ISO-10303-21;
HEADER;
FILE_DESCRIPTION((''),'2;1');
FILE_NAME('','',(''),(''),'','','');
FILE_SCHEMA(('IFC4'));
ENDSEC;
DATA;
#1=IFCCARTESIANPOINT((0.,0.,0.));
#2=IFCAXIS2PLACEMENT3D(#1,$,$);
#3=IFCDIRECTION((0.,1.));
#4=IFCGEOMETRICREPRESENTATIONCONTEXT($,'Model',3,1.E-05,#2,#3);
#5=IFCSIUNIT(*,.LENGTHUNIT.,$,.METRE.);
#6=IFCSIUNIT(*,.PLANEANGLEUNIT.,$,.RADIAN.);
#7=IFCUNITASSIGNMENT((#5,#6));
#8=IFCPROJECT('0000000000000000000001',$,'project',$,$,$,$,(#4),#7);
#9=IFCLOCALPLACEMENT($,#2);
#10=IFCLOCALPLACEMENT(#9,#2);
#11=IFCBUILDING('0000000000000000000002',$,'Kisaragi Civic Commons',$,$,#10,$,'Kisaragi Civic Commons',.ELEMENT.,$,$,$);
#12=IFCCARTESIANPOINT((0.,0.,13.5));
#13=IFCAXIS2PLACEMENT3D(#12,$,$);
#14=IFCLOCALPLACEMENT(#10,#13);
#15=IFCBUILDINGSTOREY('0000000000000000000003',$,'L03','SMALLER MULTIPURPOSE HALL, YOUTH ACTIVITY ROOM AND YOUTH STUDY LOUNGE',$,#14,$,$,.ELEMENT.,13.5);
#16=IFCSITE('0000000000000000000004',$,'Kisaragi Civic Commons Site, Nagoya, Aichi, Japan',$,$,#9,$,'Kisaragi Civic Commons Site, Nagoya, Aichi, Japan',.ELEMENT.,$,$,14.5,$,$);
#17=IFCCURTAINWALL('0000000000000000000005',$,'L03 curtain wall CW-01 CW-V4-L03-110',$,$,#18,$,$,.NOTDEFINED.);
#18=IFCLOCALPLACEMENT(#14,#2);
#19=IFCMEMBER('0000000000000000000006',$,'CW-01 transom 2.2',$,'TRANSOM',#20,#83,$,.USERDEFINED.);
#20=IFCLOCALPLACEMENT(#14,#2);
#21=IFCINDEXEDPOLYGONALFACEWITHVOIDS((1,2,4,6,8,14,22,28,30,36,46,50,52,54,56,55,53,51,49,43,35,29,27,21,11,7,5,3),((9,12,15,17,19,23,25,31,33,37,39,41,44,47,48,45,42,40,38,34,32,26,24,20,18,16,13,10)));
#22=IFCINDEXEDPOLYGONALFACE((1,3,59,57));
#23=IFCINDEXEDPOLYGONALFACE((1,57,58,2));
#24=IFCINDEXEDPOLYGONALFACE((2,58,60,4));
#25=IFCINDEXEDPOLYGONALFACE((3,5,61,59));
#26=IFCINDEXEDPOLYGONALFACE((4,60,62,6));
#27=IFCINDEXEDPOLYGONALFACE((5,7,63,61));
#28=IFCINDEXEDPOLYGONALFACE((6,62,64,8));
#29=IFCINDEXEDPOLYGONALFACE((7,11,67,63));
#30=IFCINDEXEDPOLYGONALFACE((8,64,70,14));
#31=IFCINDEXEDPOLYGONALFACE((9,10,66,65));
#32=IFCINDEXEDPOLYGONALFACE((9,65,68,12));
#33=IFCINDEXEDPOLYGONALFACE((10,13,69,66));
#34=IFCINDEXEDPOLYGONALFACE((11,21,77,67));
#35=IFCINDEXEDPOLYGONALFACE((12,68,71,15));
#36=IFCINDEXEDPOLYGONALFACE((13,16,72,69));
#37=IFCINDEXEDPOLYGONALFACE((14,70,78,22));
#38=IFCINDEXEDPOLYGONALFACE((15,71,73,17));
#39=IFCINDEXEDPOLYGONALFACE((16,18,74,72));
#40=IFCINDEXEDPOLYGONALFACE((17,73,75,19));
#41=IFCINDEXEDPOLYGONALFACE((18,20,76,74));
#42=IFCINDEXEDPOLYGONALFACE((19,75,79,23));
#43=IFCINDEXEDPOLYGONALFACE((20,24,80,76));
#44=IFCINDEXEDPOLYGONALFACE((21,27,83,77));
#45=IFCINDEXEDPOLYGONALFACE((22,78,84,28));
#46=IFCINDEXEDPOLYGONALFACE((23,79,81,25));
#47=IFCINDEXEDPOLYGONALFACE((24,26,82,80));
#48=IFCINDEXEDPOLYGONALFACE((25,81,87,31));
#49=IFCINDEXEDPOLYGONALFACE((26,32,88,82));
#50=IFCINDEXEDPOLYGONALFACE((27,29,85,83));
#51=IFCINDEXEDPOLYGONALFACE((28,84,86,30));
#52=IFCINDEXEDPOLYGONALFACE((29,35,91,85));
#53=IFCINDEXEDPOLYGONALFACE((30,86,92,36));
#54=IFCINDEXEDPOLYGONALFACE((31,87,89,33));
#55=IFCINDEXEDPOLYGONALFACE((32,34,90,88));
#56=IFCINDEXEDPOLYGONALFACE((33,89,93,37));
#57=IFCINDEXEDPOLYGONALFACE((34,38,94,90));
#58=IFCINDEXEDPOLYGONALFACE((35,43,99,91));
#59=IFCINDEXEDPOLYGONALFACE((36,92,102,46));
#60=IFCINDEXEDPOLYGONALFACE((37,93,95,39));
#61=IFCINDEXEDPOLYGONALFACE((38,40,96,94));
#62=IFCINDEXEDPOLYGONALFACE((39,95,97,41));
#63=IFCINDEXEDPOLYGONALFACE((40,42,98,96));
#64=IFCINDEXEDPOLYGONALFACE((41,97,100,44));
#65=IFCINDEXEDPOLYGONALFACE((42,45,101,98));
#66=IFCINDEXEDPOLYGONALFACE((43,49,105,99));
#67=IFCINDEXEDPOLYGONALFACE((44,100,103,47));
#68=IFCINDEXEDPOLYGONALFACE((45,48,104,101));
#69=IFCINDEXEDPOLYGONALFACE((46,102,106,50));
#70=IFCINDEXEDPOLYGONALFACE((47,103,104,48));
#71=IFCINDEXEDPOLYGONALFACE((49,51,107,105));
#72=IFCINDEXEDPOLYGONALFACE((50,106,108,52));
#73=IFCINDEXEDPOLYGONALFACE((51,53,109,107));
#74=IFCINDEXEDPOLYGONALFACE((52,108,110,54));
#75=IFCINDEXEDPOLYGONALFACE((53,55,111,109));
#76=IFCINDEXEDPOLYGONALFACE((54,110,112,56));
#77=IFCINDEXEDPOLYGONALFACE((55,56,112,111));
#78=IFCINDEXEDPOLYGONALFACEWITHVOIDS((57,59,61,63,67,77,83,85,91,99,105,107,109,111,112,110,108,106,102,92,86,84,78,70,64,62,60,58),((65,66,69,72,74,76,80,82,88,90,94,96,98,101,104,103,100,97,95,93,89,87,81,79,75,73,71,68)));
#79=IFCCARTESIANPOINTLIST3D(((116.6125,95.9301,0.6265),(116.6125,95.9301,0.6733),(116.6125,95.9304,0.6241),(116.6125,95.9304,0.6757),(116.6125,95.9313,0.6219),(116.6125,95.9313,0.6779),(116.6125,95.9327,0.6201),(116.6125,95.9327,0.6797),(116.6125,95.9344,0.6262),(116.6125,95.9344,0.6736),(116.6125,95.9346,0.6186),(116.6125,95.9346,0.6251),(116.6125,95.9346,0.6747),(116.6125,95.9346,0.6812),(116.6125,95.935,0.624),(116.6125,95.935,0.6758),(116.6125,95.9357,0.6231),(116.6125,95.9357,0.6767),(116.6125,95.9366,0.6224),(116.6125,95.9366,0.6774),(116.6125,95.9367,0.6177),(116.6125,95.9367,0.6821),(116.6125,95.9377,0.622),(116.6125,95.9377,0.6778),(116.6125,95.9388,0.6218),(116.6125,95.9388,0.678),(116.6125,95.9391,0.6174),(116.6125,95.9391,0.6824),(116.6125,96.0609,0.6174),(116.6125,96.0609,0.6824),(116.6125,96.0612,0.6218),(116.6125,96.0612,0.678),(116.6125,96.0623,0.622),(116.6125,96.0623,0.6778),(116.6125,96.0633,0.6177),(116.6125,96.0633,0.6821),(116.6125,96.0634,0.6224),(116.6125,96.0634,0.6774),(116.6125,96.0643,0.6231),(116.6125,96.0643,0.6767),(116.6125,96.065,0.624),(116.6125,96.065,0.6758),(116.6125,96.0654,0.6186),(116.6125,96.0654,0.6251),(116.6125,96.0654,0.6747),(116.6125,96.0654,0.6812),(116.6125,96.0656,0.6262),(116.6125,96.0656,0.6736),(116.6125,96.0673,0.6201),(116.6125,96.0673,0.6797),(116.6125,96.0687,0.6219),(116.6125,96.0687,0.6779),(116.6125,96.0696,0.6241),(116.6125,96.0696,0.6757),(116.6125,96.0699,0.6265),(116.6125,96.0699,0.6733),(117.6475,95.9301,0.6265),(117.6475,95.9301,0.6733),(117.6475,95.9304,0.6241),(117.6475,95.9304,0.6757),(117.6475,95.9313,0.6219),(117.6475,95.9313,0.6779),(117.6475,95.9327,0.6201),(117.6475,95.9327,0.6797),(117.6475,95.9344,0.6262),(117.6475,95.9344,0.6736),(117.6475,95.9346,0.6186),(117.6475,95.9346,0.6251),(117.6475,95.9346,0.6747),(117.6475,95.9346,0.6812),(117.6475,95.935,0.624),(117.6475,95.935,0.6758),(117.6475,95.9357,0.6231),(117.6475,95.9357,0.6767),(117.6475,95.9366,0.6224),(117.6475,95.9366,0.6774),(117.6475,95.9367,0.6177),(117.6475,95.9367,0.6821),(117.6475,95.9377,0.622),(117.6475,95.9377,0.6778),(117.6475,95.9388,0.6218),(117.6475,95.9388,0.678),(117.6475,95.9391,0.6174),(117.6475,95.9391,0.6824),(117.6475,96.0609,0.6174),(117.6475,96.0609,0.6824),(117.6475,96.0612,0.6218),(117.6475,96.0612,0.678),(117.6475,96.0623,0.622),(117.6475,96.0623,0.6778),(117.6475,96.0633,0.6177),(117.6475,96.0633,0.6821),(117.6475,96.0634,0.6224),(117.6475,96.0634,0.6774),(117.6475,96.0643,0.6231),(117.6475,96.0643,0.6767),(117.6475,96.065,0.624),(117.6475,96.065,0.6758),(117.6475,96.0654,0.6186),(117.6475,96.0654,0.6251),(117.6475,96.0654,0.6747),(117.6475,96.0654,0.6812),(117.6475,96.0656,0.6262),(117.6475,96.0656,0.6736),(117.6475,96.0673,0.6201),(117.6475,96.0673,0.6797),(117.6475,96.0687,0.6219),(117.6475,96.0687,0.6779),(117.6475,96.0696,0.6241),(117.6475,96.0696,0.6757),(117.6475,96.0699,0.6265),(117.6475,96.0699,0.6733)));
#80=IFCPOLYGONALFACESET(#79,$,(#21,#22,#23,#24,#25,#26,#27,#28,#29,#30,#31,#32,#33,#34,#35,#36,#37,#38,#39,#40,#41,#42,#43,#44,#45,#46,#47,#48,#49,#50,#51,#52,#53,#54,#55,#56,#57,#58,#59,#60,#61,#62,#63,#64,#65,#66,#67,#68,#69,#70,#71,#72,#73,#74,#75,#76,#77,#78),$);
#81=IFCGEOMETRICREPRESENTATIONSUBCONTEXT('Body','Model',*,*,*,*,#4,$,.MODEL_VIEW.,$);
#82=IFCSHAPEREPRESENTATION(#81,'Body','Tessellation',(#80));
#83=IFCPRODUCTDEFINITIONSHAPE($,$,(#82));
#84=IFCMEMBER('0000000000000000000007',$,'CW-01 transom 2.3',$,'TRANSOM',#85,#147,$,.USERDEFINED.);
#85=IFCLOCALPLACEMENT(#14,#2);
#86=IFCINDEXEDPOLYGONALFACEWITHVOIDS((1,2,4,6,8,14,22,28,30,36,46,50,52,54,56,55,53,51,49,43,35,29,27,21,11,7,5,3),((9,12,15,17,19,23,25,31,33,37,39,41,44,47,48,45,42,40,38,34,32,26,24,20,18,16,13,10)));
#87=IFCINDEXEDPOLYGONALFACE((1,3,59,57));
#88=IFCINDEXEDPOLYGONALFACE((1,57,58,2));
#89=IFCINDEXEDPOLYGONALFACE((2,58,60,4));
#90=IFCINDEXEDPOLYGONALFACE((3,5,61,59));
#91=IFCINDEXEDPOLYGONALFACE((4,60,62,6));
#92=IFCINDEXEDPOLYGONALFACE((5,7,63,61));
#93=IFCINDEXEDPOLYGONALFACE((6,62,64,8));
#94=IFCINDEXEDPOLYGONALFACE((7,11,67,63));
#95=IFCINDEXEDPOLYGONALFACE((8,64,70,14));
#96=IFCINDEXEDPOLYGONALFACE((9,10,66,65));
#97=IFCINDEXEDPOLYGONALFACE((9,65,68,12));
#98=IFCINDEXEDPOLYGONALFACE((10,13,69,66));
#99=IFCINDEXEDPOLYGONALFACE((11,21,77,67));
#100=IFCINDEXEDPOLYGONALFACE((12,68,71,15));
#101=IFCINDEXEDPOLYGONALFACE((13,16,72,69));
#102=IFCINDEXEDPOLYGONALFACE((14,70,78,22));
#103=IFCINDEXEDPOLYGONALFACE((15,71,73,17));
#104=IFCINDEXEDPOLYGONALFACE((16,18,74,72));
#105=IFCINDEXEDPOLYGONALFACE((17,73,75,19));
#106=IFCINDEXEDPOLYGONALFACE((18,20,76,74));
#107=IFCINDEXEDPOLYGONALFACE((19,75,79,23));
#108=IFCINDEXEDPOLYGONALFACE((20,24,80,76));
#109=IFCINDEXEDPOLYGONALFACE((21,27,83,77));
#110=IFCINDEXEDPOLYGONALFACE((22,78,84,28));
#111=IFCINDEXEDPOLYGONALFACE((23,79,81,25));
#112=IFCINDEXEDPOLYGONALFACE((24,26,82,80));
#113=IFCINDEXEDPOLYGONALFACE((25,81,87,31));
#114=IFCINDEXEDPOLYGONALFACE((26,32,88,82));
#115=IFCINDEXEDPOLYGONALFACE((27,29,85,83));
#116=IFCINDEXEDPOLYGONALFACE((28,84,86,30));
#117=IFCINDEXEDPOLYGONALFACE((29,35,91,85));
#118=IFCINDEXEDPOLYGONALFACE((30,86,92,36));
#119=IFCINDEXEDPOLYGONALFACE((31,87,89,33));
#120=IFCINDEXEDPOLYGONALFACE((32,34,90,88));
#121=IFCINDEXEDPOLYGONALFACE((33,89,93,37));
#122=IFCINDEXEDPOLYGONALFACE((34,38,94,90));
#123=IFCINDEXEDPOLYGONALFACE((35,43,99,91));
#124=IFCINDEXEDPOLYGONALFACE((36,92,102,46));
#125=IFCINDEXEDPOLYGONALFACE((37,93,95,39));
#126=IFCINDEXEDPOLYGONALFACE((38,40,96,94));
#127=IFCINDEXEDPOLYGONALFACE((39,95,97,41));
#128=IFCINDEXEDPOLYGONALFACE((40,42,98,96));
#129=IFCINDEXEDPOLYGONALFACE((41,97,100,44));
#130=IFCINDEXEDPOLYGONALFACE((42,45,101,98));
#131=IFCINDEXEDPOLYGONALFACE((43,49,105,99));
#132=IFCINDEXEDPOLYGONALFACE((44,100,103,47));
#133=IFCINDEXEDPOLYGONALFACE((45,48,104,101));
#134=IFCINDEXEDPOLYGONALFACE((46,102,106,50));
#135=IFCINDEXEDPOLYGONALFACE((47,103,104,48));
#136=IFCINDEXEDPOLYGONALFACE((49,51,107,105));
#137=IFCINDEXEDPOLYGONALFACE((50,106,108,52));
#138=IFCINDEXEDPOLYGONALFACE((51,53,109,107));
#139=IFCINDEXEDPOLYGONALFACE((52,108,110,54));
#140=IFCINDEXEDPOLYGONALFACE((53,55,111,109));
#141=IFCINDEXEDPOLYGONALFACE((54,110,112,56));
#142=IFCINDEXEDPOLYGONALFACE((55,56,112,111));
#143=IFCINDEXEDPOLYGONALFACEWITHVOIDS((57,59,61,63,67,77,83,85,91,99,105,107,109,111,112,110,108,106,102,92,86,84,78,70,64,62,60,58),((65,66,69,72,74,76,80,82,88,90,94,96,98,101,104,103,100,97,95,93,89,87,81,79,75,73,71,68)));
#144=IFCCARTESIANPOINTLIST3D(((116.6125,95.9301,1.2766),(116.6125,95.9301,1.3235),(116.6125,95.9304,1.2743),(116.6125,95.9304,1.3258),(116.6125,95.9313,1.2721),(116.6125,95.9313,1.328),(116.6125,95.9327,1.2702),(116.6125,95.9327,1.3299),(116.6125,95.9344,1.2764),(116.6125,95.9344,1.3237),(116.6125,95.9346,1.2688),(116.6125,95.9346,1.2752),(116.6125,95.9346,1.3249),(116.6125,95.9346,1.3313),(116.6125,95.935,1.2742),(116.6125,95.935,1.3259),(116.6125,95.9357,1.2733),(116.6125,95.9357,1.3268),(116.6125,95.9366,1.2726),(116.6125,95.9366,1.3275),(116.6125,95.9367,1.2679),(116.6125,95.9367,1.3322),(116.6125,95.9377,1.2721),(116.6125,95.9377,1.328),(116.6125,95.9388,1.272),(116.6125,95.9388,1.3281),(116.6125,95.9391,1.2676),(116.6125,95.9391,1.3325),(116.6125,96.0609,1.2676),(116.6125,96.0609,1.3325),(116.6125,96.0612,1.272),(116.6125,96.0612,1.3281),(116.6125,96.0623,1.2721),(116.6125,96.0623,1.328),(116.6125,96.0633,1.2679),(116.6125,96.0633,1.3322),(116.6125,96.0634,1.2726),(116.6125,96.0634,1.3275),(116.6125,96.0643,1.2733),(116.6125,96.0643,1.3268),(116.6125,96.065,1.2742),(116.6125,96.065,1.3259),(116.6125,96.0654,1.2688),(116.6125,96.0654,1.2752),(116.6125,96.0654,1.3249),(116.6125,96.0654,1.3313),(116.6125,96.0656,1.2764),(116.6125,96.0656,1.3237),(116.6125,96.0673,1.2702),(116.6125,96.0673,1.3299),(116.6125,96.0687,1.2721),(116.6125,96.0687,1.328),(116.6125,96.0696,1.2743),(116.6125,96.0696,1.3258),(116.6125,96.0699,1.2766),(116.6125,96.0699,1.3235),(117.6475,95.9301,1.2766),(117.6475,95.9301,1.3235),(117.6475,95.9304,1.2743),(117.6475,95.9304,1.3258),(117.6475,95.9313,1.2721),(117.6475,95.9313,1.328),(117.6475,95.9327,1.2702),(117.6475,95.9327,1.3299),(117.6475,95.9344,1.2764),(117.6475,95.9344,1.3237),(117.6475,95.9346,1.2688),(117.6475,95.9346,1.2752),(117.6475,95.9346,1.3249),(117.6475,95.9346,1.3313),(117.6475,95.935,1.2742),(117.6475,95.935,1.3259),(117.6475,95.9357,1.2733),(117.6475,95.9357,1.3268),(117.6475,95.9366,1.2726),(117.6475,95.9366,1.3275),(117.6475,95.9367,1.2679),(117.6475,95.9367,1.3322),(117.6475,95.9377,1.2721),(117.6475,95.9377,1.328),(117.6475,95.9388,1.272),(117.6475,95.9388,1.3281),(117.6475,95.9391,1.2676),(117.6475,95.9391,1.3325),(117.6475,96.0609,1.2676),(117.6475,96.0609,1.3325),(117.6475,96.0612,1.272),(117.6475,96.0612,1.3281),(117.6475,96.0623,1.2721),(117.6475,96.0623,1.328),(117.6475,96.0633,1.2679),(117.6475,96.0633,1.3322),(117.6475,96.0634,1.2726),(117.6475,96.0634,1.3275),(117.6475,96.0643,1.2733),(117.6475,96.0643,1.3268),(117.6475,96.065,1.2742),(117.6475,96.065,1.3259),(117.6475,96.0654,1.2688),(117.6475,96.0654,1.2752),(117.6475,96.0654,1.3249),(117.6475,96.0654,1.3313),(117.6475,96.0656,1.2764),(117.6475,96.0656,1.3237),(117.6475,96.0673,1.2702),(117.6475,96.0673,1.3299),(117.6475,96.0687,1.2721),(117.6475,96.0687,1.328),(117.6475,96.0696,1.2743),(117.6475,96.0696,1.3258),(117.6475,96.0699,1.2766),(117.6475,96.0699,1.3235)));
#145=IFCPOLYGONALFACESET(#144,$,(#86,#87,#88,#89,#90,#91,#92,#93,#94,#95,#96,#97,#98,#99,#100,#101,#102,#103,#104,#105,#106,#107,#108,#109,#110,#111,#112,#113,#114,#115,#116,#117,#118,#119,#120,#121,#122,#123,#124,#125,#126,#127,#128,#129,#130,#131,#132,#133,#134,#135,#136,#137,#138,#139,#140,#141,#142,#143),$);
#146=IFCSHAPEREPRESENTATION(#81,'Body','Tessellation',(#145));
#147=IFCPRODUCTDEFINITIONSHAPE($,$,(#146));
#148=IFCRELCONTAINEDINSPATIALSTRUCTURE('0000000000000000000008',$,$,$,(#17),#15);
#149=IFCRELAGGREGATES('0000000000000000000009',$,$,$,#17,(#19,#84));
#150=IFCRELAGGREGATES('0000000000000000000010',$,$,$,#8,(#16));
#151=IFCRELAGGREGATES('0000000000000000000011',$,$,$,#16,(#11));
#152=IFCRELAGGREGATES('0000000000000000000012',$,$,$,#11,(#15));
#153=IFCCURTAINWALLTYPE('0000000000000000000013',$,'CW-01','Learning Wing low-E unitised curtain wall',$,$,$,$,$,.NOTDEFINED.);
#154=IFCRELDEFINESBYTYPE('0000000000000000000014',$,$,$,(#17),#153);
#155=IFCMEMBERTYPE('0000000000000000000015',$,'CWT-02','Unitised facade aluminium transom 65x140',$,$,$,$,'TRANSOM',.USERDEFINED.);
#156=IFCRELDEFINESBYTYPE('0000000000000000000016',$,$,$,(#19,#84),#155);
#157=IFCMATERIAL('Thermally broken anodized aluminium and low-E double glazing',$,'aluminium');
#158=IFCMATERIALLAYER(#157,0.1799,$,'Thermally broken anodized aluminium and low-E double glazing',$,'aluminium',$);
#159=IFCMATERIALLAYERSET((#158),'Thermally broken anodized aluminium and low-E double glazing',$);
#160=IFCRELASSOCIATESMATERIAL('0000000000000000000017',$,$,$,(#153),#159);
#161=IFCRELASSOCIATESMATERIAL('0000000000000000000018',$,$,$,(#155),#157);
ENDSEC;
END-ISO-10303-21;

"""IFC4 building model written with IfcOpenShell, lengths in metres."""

from ifc_helpers import new_model, si_unit, direction, frame, origin, origin_2d, place, context, subcontext, project, spatial, hollow_rectangle, extrude, material, layer, layer_set, material_profile, profile_set, type_object, element, aggregate, save


model = new_model("IFC4")

# Units and contexts
model_context = context("Model", 3, precision=1e-05, world=origin(), true_north=direction((0.0, 1.0)))
body_context = subcontext(model_context, "Body", "Model", "MODEL_VIEW")
ifc_project = project(units=[si_unit("LENGTHUNIT", "METRE"), si_unit("PLANEANGLEUNIT", "RADIAN")], contexts=[model_context])

# Site, building, storey
site_placement = place(None, origin())
site = spatial("IfcSite", under=ifc_project, at=site_placement, Name="Kisaragi Civic Commons Site, Nagoya, Aichi, Japan", LongName="Kisaragi Civic Commons Site, Nagoya, Aichi, Japan", CompositionType="ELEMENT", RefElevation=14.5)
building_placement = place(site_placement, origin())
building = spatial("IfcBuilding", under=site, at=building_placement, Name="Kisaragi Civic Commons", LongName="Kisaragi Civic Commons", CompositionType="ELEMENT")
storey_placement = place(building_placement, frame((0.0, 0.0, 13.5)))
storey = spatial("IfcBuildingStorey", under=building, at=storey_placement, Name="L03", Description="SMALLER MULTIPURPOSE HALL, YOUTH ACTIVITY ROOM AND YOUTH STUDY LOUNGE", CompositionType="ELEMENT", Elevation=13.5)

# Curtain wall
ifc_material = material(Name="Thermally broken anodized aluminium and low-E double glazing", Category="aluminium")
ifc_layer_1 = layer(ifc_material, 0.1799, Name="Thermally broken anodized aluminium and low-E double glazing", Category="aluminium")
ifc_layer_set_1 = layer_set([ifc_layer_1], Name="Thermally broken anodized aluminium and low-E double glazing")
curtain_wall_type = type_object("IfcCurtainWallType", Name="CW-01", Description="Learning Wing low-E unitised curtain wall", PredefinedType="NOTDEFINED", material=ifc_layer_set_1)
curtain_wall_1_placement = place(storey_placement, origin())
curtain_wall_1 = element("IfcCurtainWall", 1, at=curtain_wall_1_placement, inside=storey, type_object=curtain_wall_type, Name="L03 curtain wall CW-01 CW-V4-L03-110", PredefinedType="NOTDEFINED")

# Members
ifc_material_profile_1 = material_profile(ifc_material, hollow_rectangle(XDim=0.1399, YDim=0.0649, WallThickness=0.0044, InnerFilletRadius=0.0044, OuterFilletRadius=0.009, at=origin_2d()), Name="CWT-65x140x4.5", Category="aluminium")
ifc_profile_set_1 = profile_set([ifc_material_profile_1], Name="Thermally broken anodized aluminium and low-E double glazing")
member_type_1 = type_object("IfcMemberType", Name="CWT-02", Description="Unitised facade aluminium transom 65x140", ElementType="TRANSOM", PredefinedType="USERDEFINED", material=ifc_profile_set_1)
member_1_placement = place(storey_placement, frame((117.6475, 96.0, 0.6499), z_axis=(-1.0, 0.0, 0.0), x_axis=(0.0, -1.0, 0.0)))
member_1 = element("IfcMember", 2, at=member_1_placement, type_object=member_type_1, Name="CW-01 transom 2.2", ObjectType="TRANSOM", PredefinedType="USERDEFINED", context=body_context, shape_type="SweptSolid", body=[
    extrude(hollow_rectangle(XDim=0.1399, YDim=0.0649, WallThickness=0.0044, InnerFilletRadius=0.0044, OuterFilletRadius=0.009, at=origin_2d()), origin(), (0.0, 0.0, 1.0), 1.0349),
])
member_2_placement = place(storey_placement, frame((117.6475, 96.0, 1.3), z_axis=(-1.0, 0.0, 0.0), x_axis=(0.0, -1.0, 0.0)))
member_2 = element("IfcMember", 3, at=member_2_placement, type_object=member_type_1, Name="CW-01 transom 2.3", ObjectType="TRANSOM", PredefinedType="USERDEFINED", context=body_context, shape_type="SweptSolid", body=[
    extrude(hollow_rectangle(XDim=0.1399, YDim=0.0649, WallThickness=0.0044, InnerFilletRadius=0.0044, OuterFilletRadius=0.009, at=origin_2d()), origin(), (0.0, 0.0, 1.0), 1.0349),
])

aggregate(curtain_wall_1, [member_1, member_2])

save(model, "model.ifc")
